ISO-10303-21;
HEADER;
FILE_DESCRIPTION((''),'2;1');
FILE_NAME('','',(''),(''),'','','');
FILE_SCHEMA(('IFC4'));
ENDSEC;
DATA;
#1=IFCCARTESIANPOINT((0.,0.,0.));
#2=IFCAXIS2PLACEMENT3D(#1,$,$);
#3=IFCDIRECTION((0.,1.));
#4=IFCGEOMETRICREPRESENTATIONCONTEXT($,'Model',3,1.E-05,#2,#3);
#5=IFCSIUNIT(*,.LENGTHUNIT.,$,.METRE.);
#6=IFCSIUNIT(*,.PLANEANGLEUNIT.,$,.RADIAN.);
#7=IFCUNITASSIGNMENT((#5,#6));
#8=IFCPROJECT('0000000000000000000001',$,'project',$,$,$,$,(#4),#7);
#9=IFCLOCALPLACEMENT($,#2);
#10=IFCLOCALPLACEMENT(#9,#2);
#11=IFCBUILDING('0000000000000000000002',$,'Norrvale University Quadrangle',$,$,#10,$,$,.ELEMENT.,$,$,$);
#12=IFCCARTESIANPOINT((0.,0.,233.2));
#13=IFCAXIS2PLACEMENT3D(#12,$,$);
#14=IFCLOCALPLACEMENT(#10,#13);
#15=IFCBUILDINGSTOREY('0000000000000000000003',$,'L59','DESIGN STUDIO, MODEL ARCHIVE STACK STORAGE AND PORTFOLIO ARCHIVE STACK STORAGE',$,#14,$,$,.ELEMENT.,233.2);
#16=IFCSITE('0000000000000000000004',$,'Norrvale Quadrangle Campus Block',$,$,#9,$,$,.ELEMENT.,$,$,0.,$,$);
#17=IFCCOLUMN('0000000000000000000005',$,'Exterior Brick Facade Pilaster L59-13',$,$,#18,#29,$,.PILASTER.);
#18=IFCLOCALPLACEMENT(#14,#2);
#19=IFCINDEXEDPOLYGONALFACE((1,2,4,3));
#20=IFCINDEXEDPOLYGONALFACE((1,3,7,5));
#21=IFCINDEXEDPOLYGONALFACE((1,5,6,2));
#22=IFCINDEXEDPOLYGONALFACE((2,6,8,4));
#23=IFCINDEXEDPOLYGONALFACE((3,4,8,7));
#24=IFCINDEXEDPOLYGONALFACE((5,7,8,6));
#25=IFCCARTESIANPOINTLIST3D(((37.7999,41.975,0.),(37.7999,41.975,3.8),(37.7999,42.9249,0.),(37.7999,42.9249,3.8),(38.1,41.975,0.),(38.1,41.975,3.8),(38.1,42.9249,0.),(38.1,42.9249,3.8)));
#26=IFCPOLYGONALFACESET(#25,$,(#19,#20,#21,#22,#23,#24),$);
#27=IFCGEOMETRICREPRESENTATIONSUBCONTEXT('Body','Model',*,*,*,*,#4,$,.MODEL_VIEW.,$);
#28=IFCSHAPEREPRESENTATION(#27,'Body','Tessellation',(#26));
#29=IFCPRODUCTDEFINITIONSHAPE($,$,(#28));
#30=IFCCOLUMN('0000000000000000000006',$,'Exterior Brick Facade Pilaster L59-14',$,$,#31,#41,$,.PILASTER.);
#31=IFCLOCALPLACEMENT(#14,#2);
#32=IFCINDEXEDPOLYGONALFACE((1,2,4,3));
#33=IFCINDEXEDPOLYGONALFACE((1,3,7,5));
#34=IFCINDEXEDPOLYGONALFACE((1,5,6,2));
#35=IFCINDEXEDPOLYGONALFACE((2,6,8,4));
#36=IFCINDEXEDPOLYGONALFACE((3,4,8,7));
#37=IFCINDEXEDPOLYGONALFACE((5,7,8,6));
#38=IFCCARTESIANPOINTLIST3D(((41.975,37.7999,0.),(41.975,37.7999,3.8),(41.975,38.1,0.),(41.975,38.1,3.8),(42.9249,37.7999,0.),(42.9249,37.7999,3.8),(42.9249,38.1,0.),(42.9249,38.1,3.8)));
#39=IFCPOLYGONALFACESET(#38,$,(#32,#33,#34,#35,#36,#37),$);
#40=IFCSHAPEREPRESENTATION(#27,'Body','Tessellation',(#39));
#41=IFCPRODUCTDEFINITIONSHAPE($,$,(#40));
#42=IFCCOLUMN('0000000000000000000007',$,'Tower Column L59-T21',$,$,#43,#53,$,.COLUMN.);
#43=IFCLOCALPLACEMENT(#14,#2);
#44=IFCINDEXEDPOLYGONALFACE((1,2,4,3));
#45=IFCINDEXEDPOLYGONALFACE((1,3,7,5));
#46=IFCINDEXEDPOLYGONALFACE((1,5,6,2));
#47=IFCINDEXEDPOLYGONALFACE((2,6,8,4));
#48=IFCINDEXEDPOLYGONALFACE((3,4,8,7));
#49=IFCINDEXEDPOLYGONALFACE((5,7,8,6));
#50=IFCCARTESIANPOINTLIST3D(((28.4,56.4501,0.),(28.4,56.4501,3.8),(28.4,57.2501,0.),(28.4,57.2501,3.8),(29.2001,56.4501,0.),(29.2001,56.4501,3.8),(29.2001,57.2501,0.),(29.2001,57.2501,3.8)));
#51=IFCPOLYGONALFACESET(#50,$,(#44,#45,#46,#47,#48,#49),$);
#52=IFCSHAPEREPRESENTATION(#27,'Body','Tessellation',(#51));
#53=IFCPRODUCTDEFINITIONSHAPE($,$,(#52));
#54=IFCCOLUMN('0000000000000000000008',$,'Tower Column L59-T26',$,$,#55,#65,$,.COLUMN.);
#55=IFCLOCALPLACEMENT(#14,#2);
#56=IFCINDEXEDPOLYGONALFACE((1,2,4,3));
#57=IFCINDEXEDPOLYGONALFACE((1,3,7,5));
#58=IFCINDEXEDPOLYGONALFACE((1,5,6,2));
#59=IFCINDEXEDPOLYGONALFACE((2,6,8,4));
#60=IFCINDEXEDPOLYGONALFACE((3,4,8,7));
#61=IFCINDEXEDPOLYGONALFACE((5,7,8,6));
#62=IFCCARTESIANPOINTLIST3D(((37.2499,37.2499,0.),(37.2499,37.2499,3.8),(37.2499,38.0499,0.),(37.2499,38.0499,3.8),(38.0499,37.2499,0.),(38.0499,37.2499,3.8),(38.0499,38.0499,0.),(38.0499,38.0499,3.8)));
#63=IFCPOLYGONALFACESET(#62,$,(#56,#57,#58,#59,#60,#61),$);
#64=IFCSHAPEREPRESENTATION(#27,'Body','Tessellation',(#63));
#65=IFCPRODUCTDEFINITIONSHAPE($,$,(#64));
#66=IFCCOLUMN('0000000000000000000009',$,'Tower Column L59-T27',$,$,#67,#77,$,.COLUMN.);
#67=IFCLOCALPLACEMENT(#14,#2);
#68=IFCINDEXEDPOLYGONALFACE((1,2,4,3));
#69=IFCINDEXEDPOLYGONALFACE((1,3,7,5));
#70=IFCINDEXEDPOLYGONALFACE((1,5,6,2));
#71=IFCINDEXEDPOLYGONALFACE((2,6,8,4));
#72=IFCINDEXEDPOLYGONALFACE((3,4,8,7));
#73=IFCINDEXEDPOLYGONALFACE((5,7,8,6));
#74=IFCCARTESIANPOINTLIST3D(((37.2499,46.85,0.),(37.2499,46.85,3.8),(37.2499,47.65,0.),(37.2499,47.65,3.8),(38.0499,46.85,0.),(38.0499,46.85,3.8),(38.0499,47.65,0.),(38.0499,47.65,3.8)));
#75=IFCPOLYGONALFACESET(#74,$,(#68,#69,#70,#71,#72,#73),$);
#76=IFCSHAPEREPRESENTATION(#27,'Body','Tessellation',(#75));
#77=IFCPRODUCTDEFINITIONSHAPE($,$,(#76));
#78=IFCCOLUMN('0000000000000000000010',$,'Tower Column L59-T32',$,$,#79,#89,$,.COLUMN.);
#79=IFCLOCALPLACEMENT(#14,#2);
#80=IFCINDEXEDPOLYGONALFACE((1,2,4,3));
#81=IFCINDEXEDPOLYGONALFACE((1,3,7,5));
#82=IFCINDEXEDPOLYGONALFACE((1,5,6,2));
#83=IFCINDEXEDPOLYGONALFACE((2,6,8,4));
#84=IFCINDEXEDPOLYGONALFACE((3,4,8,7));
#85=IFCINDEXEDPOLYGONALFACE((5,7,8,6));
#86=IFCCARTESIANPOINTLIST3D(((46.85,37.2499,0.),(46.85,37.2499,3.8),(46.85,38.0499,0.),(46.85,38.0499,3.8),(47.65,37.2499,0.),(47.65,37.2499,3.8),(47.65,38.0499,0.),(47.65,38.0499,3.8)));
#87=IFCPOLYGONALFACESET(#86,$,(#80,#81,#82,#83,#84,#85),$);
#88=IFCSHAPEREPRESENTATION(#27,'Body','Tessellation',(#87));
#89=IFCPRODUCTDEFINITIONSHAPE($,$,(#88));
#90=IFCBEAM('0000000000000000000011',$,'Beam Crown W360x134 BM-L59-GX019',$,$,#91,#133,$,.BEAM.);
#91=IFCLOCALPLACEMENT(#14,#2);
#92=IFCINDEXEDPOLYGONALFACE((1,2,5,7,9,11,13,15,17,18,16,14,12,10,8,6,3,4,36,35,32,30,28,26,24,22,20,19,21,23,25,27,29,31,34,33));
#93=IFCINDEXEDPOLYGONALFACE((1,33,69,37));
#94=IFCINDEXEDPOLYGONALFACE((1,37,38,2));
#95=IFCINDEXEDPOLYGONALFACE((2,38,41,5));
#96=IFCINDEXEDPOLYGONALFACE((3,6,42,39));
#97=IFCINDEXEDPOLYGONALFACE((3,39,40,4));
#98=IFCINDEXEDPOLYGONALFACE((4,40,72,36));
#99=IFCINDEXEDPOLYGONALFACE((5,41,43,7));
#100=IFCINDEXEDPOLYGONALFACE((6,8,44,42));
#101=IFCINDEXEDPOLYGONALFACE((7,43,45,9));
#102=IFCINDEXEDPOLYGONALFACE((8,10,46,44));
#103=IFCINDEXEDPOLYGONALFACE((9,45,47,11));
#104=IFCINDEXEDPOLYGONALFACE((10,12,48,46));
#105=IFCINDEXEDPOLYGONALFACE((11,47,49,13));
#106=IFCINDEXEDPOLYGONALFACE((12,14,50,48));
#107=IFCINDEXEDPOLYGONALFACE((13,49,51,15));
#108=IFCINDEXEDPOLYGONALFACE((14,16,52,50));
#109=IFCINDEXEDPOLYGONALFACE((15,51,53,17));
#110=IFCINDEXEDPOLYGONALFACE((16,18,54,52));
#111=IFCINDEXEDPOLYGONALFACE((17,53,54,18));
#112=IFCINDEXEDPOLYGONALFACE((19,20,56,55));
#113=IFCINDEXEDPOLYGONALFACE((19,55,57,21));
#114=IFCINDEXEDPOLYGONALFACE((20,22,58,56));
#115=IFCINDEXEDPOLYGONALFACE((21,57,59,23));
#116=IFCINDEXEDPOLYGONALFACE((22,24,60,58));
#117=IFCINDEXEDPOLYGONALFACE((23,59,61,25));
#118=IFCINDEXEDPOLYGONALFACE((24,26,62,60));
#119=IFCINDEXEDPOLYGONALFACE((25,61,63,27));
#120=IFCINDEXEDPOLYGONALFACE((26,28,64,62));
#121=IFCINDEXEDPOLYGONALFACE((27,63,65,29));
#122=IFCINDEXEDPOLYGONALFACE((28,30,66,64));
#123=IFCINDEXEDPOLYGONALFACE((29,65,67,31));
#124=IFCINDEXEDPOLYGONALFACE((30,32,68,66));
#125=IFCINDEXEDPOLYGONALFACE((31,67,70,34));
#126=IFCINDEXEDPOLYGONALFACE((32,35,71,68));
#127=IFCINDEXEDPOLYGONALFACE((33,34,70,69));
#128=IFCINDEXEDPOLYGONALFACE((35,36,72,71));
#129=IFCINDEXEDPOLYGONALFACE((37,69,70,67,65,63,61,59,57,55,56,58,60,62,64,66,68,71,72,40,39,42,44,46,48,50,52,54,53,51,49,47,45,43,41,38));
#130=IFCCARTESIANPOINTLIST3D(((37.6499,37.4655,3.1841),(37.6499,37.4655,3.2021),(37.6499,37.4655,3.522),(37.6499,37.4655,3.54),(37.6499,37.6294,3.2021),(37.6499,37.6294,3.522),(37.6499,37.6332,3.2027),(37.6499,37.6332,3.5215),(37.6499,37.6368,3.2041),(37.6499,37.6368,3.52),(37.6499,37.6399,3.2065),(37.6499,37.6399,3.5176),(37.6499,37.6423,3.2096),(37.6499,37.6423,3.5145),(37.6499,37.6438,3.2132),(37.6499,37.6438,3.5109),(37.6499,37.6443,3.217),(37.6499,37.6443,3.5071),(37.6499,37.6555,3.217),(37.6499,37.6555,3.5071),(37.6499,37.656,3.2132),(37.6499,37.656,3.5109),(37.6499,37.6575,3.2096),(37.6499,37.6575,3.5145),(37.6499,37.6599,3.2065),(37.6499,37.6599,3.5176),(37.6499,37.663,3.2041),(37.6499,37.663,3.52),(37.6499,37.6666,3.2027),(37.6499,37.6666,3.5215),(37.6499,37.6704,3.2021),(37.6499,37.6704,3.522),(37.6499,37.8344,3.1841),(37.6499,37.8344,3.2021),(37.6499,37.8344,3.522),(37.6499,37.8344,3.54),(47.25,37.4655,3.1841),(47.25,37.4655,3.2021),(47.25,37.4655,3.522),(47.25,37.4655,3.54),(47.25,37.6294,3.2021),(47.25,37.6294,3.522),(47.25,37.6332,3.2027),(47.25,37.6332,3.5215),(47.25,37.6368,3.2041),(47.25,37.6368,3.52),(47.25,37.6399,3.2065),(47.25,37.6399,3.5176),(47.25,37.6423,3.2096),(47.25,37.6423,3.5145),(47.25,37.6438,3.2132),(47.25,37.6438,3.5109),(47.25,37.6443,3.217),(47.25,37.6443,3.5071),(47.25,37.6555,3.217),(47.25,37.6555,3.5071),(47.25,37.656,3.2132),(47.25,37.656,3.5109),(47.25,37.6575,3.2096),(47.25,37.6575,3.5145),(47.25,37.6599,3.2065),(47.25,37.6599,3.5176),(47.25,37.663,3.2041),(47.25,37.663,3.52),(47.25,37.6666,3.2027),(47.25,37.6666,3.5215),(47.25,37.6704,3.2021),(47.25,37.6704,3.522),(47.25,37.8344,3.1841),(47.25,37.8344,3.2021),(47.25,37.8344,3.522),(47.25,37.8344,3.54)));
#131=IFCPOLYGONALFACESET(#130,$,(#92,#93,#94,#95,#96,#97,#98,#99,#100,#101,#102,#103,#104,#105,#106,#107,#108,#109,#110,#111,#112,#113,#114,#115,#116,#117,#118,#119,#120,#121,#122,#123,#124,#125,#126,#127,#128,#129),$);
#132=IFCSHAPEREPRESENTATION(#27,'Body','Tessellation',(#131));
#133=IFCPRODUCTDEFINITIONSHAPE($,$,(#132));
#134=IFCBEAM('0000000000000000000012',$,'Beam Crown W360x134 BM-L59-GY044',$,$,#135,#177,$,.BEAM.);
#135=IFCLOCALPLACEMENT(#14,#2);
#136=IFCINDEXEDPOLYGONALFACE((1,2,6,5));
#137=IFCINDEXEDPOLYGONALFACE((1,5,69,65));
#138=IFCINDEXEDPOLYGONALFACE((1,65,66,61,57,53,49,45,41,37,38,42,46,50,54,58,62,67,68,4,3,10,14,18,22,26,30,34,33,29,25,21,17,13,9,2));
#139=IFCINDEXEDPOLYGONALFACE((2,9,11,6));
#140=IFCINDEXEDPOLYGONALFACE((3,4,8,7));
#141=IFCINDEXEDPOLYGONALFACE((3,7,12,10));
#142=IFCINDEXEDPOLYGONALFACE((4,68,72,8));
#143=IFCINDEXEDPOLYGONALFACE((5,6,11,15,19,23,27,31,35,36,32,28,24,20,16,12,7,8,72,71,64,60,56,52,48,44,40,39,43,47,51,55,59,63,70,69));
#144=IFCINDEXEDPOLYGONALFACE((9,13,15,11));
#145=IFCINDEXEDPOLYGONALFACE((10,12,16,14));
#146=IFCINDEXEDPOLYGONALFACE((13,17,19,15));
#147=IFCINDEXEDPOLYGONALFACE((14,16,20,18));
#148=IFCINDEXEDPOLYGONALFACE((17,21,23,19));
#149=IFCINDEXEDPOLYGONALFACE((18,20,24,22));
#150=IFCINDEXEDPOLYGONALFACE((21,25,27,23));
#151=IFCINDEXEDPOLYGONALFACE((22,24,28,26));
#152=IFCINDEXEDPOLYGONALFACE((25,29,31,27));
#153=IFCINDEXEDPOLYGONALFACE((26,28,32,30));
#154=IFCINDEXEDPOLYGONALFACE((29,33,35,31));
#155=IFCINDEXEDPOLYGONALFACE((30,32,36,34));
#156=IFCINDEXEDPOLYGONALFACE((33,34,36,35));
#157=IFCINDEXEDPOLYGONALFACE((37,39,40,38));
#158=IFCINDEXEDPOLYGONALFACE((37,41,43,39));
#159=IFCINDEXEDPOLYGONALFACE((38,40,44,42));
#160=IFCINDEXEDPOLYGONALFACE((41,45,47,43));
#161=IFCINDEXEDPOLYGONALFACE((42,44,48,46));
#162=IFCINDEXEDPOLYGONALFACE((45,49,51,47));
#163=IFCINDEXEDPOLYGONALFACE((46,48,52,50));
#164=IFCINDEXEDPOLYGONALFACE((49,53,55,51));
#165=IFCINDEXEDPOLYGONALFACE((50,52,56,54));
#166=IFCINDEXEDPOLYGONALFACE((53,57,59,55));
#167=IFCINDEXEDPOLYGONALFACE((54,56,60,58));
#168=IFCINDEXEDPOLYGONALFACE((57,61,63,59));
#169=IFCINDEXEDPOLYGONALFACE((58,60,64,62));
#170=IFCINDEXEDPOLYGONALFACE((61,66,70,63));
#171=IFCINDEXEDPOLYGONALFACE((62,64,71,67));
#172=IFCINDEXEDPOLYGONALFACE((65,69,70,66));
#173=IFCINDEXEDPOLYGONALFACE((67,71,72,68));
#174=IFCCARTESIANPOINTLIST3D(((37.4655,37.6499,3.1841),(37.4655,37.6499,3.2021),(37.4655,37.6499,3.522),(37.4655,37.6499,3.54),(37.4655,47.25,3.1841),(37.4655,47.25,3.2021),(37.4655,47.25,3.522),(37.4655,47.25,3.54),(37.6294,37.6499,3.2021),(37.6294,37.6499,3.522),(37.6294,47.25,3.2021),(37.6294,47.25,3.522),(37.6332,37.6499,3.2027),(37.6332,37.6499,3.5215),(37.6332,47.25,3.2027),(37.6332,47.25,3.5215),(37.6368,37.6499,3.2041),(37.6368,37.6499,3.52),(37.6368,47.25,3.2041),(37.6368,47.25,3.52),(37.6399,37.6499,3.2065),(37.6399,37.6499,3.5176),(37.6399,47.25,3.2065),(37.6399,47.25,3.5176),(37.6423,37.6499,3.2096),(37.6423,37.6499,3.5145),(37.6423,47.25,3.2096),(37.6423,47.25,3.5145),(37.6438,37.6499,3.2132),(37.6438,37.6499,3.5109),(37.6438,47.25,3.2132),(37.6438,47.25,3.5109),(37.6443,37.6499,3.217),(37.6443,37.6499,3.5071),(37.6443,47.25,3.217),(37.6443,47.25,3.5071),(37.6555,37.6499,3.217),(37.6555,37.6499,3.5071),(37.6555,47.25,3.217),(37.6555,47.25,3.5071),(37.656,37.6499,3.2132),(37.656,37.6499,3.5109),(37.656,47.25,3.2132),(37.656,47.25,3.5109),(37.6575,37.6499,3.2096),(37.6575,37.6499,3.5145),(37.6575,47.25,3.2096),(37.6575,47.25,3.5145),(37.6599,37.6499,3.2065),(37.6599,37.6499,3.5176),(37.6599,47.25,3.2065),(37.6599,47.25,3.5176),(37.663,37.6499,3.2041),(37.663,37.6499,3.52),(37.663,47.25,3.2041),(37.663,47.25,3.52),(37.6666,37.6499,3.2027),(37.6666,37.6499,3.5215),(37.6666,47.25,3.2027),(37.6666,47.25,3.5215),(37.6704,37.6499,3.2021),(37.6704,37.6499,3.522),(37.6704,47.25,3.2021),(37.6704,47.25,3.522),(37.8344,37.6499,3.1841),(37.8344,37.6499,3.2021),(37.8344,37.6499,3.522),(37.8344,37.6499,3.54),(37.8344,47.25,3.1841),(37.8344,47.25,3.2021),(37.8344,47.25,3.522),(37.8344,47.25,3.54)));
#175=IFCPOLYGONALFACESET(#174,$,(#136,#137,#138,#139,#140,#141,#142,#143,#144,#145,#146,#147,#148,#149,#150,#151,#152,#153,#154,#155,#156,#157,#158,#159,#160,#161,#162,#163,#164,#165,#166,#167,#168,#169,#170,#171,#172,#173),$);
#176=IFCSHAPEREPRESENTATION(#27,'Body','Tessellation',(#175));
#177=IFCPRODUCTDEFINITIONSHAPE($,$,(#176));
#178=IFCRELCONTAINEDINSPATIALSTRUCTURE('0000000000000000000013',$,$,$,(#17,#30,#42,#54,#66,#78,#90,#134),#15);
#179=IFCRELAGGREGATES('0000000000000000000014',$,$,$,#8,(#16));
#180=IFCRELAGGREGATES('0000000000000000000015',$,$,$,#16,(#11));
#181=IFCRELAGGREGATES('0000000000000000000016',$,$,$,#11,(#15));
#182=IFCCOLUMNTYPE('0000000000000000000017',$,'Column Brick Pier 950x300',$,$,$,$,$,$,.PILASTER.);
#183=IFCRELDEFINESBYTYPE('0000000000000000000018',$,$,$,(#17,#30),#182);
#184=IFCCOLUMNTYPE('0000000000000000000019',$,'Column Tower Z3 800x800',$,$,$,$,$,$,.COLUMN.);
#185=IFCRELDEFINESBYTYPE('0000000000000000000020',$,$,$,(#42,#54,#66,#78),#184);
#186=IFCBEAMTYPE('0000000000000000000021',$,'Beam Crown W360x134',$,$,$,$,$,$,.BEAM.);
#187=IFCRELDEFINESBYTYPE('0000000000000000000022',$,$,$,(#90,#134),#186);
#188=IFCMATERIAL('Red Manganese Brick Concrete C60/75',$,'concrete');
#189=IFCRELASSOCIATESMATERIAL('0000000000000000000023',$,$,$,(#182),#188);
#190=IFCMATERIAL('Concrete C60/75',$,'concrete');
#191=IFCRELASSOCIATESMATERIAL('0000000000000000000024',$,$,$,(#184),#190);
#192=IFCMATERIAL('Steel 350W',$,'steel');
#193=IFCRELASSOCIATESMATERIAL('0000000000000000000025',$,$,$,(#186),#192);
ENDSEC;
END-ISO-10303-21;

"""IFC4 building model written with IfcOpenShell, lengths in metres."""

from ifc_helpers import new_model, si_unit, direction, frame, origin, origin_2d, place, context, subcontext, project, spatial, rectangle, i_section, extrude, material, material_profile, profile_set, type_object, element, save


model = new_model("IFC4")

# Units and contexts
model_context = context("Model", 3, precision=1e-05, world=origin(), true_north=direction((0.0, 1.0)))
body_context = subcontext(model_context, "Body", "Model", "MODEL_VIEW")
ifc_project = project(units=[si_unit("LENGTHUNIT", "METRE"), si_unit("PLANEANGLEUNIT", "RADIAN")], contexts=[model_context])

# Site, building, storey
site_placement = place(None, origin())
site = spatial("IfcSite", under=ifc_project, at=site_placement, Name="Norrvale Quadrangle Campus Block", CompositionType="ELEMENT", RefElevation=0.0)
building_placement = place(site_placement, origin())
building = spatial("IfcBuilding", under=site, at=building_placement, Name="Norrvale University Quadrangle", CompositionType="ELEMENT")
storey_placement = place(building_placement, frame((0.0, 0.0, 233.2)))
storey = spatial("IfcBuildingStorey", under=building, at=storey_placement, Name="L59", Description="DESIGN STUDIO, MODEL ARCHIVE STACK STORAGE AND PORTFOLIO ARCHIVE STACK STORAGE", CompositionType="ELEMENT", Elevation=233.2)

# Columns
ifc_material_1 = material(Name="Red Manganese Brick Concrete C60/75", Category="concrete")
ifc_material_profile_1 = material_profile(ifc_material_1, rectangle(XDim=0.95, YDim=0.3, at=origin_2d()), Name="Red Manganese Brick Concrete C60/75")
ifc_profile_set_1 = profile_set([ifc_material_profile_1], Name="Red Manganese Brick Concrete C60/75")
column_type_1 = type_object("IfcColumnType", Name="Column Brick Pier 950x300", PredefinedType="PILASTER", material=ifc_profile_set_1)
for number, where, z_axis, x_axis, name in (
    (1, (37.95, 42.45, 0.0), (0.0, 0.0, 1.0), (0.0, 1.0, 0.0), "Exterior Brick Facade Pilaster L59-13"),
    (2, (42.45, 37.95, 0.0), (0.0, 0.0, 1.0), (1.0, 0.0, 0.0), "Exterior Brick Facade Pilaster L59-14"),
):
    element("IfcColumn", number, at=place(storey_placement, frame(where, z_axis=z_axis, x_axis=x_axis)), inside=storey, type_object=column_type_1, Name=name, PredefinedType="PILASTER", context=body_context, shape_type="SweptSolid", body=[
        extrude(rectangle(XDim=0.95, YDim=0.3, at=origin_2d()), origin(), (0.0, 0.0, 1.0), 3.8),
    ])
ifc_material_2 = material(Name="Concrete C60/75", Category="concrete")
ifc_material_profile_2 = material_profile(ifc_material_2, rectangle(XDim=0.8, YDim=0.8, at=origin_2d()), Name="Concrete C60/75")
ifc_profile_set_2 = profile_set([ifc_material_profile_2], Name="Concrete C60/75")
column_type_2 = type_object("IfcColumnType", Name="Column Tower Z3 800x800", PredefinedType="COLUMN", material=ifc_profile_set_2)
for number, where, z_axis, x_axis, name in (
    (3, (28.8, 56.8501, 0.0), (0.0, 0.0, 1.0), (1.0, 0.0, 0.0), "Tower Column L59-T21"),
    (4, (37.6499, 37.6499, 0.0), (0.0, 0.0, 1.0), (1.0, 0.0, 0.0), "Tower Column L59-T26"),
    (5, (37.6499, 47.25, 0.0), (0.0, 0.0, 1.0), (1.0, 0.0, 0.0), "Tower Column L59-T27"),
    (6, (47.25, 37.6499, 0.0), (0.0, 0.0, 1.0), (1.0, 0.0, 0.0), "Tower Column L59-T32"),
):
    element("IfcColumn", number, at=place(storey_placement, frame(where, z_axis=z_axis, x_axis=x_axis)), inside=storey, type_object=column_type_2, Name=name, PredefinedType="COLUMN", context=body_context, shape_type="SweptSolid", body=[
        extrude(rectangle(XDim=0.8, YDim=0.8, at=origin_2d()), origin(), (0.0, 0.0, 1.0), 3.8),
    ])

# Beams
ifc_material_3 = material(Name="Steel 350W", Category="steel")
ifc_material_profile_3 = material_profile(ifc_material_3, i_section(OverallWidth=0.3689, OverallDepth=0.356, WebThickness=0.0112, FlangeThickness=0.0181, FilletRadius=0.0149, at=origin_2d()), Name="Steel 350W")
ifc_profile_set_3 = profile_set([ifc_material_profile_3], Name="Steel 350W")
beam_type_1 = type_object("IfcBeamType", Name="Beam Crown W360x134", PredefinedType="BEAM", material=ifc_profile_set_3)
for number, where, z_axis, x_axis, name in (
    (7, (37.6499, 37.6499, 3.3621), (1.0, 0.0, 0.0), (0.0, 1.0, 0.0), "Beam Crown W360x134 BM-L59-GX019"),
    (8, (37.6499, 37.6499, 3.3621), (0.0, 1.0, 0.0), (-1.0, 0.0, 0.0), "Beam Crown W360x134 BM-L59-GY044"),
):
    element("IfcBeam", number, at=place(storey_placement, frame(where, z_axis=z_axis, x_axis=x_axis)), inside=storey, type_object=beam_type_1, Name=name, PredefinedType="BEAM", context=body_context, shape_type="SweptSolid", body=[
        extrude(i_section(OverallWidth=0.3689, OverallDepth=0.356, WebThickness=0.0112, FlangeThickness=0.0181, FilletRadius=0.0149, at=origin_2d()), origin(), (0.0, 0.0, 1.0), 9.6001),
    ])

save(model, "model.ifc")
